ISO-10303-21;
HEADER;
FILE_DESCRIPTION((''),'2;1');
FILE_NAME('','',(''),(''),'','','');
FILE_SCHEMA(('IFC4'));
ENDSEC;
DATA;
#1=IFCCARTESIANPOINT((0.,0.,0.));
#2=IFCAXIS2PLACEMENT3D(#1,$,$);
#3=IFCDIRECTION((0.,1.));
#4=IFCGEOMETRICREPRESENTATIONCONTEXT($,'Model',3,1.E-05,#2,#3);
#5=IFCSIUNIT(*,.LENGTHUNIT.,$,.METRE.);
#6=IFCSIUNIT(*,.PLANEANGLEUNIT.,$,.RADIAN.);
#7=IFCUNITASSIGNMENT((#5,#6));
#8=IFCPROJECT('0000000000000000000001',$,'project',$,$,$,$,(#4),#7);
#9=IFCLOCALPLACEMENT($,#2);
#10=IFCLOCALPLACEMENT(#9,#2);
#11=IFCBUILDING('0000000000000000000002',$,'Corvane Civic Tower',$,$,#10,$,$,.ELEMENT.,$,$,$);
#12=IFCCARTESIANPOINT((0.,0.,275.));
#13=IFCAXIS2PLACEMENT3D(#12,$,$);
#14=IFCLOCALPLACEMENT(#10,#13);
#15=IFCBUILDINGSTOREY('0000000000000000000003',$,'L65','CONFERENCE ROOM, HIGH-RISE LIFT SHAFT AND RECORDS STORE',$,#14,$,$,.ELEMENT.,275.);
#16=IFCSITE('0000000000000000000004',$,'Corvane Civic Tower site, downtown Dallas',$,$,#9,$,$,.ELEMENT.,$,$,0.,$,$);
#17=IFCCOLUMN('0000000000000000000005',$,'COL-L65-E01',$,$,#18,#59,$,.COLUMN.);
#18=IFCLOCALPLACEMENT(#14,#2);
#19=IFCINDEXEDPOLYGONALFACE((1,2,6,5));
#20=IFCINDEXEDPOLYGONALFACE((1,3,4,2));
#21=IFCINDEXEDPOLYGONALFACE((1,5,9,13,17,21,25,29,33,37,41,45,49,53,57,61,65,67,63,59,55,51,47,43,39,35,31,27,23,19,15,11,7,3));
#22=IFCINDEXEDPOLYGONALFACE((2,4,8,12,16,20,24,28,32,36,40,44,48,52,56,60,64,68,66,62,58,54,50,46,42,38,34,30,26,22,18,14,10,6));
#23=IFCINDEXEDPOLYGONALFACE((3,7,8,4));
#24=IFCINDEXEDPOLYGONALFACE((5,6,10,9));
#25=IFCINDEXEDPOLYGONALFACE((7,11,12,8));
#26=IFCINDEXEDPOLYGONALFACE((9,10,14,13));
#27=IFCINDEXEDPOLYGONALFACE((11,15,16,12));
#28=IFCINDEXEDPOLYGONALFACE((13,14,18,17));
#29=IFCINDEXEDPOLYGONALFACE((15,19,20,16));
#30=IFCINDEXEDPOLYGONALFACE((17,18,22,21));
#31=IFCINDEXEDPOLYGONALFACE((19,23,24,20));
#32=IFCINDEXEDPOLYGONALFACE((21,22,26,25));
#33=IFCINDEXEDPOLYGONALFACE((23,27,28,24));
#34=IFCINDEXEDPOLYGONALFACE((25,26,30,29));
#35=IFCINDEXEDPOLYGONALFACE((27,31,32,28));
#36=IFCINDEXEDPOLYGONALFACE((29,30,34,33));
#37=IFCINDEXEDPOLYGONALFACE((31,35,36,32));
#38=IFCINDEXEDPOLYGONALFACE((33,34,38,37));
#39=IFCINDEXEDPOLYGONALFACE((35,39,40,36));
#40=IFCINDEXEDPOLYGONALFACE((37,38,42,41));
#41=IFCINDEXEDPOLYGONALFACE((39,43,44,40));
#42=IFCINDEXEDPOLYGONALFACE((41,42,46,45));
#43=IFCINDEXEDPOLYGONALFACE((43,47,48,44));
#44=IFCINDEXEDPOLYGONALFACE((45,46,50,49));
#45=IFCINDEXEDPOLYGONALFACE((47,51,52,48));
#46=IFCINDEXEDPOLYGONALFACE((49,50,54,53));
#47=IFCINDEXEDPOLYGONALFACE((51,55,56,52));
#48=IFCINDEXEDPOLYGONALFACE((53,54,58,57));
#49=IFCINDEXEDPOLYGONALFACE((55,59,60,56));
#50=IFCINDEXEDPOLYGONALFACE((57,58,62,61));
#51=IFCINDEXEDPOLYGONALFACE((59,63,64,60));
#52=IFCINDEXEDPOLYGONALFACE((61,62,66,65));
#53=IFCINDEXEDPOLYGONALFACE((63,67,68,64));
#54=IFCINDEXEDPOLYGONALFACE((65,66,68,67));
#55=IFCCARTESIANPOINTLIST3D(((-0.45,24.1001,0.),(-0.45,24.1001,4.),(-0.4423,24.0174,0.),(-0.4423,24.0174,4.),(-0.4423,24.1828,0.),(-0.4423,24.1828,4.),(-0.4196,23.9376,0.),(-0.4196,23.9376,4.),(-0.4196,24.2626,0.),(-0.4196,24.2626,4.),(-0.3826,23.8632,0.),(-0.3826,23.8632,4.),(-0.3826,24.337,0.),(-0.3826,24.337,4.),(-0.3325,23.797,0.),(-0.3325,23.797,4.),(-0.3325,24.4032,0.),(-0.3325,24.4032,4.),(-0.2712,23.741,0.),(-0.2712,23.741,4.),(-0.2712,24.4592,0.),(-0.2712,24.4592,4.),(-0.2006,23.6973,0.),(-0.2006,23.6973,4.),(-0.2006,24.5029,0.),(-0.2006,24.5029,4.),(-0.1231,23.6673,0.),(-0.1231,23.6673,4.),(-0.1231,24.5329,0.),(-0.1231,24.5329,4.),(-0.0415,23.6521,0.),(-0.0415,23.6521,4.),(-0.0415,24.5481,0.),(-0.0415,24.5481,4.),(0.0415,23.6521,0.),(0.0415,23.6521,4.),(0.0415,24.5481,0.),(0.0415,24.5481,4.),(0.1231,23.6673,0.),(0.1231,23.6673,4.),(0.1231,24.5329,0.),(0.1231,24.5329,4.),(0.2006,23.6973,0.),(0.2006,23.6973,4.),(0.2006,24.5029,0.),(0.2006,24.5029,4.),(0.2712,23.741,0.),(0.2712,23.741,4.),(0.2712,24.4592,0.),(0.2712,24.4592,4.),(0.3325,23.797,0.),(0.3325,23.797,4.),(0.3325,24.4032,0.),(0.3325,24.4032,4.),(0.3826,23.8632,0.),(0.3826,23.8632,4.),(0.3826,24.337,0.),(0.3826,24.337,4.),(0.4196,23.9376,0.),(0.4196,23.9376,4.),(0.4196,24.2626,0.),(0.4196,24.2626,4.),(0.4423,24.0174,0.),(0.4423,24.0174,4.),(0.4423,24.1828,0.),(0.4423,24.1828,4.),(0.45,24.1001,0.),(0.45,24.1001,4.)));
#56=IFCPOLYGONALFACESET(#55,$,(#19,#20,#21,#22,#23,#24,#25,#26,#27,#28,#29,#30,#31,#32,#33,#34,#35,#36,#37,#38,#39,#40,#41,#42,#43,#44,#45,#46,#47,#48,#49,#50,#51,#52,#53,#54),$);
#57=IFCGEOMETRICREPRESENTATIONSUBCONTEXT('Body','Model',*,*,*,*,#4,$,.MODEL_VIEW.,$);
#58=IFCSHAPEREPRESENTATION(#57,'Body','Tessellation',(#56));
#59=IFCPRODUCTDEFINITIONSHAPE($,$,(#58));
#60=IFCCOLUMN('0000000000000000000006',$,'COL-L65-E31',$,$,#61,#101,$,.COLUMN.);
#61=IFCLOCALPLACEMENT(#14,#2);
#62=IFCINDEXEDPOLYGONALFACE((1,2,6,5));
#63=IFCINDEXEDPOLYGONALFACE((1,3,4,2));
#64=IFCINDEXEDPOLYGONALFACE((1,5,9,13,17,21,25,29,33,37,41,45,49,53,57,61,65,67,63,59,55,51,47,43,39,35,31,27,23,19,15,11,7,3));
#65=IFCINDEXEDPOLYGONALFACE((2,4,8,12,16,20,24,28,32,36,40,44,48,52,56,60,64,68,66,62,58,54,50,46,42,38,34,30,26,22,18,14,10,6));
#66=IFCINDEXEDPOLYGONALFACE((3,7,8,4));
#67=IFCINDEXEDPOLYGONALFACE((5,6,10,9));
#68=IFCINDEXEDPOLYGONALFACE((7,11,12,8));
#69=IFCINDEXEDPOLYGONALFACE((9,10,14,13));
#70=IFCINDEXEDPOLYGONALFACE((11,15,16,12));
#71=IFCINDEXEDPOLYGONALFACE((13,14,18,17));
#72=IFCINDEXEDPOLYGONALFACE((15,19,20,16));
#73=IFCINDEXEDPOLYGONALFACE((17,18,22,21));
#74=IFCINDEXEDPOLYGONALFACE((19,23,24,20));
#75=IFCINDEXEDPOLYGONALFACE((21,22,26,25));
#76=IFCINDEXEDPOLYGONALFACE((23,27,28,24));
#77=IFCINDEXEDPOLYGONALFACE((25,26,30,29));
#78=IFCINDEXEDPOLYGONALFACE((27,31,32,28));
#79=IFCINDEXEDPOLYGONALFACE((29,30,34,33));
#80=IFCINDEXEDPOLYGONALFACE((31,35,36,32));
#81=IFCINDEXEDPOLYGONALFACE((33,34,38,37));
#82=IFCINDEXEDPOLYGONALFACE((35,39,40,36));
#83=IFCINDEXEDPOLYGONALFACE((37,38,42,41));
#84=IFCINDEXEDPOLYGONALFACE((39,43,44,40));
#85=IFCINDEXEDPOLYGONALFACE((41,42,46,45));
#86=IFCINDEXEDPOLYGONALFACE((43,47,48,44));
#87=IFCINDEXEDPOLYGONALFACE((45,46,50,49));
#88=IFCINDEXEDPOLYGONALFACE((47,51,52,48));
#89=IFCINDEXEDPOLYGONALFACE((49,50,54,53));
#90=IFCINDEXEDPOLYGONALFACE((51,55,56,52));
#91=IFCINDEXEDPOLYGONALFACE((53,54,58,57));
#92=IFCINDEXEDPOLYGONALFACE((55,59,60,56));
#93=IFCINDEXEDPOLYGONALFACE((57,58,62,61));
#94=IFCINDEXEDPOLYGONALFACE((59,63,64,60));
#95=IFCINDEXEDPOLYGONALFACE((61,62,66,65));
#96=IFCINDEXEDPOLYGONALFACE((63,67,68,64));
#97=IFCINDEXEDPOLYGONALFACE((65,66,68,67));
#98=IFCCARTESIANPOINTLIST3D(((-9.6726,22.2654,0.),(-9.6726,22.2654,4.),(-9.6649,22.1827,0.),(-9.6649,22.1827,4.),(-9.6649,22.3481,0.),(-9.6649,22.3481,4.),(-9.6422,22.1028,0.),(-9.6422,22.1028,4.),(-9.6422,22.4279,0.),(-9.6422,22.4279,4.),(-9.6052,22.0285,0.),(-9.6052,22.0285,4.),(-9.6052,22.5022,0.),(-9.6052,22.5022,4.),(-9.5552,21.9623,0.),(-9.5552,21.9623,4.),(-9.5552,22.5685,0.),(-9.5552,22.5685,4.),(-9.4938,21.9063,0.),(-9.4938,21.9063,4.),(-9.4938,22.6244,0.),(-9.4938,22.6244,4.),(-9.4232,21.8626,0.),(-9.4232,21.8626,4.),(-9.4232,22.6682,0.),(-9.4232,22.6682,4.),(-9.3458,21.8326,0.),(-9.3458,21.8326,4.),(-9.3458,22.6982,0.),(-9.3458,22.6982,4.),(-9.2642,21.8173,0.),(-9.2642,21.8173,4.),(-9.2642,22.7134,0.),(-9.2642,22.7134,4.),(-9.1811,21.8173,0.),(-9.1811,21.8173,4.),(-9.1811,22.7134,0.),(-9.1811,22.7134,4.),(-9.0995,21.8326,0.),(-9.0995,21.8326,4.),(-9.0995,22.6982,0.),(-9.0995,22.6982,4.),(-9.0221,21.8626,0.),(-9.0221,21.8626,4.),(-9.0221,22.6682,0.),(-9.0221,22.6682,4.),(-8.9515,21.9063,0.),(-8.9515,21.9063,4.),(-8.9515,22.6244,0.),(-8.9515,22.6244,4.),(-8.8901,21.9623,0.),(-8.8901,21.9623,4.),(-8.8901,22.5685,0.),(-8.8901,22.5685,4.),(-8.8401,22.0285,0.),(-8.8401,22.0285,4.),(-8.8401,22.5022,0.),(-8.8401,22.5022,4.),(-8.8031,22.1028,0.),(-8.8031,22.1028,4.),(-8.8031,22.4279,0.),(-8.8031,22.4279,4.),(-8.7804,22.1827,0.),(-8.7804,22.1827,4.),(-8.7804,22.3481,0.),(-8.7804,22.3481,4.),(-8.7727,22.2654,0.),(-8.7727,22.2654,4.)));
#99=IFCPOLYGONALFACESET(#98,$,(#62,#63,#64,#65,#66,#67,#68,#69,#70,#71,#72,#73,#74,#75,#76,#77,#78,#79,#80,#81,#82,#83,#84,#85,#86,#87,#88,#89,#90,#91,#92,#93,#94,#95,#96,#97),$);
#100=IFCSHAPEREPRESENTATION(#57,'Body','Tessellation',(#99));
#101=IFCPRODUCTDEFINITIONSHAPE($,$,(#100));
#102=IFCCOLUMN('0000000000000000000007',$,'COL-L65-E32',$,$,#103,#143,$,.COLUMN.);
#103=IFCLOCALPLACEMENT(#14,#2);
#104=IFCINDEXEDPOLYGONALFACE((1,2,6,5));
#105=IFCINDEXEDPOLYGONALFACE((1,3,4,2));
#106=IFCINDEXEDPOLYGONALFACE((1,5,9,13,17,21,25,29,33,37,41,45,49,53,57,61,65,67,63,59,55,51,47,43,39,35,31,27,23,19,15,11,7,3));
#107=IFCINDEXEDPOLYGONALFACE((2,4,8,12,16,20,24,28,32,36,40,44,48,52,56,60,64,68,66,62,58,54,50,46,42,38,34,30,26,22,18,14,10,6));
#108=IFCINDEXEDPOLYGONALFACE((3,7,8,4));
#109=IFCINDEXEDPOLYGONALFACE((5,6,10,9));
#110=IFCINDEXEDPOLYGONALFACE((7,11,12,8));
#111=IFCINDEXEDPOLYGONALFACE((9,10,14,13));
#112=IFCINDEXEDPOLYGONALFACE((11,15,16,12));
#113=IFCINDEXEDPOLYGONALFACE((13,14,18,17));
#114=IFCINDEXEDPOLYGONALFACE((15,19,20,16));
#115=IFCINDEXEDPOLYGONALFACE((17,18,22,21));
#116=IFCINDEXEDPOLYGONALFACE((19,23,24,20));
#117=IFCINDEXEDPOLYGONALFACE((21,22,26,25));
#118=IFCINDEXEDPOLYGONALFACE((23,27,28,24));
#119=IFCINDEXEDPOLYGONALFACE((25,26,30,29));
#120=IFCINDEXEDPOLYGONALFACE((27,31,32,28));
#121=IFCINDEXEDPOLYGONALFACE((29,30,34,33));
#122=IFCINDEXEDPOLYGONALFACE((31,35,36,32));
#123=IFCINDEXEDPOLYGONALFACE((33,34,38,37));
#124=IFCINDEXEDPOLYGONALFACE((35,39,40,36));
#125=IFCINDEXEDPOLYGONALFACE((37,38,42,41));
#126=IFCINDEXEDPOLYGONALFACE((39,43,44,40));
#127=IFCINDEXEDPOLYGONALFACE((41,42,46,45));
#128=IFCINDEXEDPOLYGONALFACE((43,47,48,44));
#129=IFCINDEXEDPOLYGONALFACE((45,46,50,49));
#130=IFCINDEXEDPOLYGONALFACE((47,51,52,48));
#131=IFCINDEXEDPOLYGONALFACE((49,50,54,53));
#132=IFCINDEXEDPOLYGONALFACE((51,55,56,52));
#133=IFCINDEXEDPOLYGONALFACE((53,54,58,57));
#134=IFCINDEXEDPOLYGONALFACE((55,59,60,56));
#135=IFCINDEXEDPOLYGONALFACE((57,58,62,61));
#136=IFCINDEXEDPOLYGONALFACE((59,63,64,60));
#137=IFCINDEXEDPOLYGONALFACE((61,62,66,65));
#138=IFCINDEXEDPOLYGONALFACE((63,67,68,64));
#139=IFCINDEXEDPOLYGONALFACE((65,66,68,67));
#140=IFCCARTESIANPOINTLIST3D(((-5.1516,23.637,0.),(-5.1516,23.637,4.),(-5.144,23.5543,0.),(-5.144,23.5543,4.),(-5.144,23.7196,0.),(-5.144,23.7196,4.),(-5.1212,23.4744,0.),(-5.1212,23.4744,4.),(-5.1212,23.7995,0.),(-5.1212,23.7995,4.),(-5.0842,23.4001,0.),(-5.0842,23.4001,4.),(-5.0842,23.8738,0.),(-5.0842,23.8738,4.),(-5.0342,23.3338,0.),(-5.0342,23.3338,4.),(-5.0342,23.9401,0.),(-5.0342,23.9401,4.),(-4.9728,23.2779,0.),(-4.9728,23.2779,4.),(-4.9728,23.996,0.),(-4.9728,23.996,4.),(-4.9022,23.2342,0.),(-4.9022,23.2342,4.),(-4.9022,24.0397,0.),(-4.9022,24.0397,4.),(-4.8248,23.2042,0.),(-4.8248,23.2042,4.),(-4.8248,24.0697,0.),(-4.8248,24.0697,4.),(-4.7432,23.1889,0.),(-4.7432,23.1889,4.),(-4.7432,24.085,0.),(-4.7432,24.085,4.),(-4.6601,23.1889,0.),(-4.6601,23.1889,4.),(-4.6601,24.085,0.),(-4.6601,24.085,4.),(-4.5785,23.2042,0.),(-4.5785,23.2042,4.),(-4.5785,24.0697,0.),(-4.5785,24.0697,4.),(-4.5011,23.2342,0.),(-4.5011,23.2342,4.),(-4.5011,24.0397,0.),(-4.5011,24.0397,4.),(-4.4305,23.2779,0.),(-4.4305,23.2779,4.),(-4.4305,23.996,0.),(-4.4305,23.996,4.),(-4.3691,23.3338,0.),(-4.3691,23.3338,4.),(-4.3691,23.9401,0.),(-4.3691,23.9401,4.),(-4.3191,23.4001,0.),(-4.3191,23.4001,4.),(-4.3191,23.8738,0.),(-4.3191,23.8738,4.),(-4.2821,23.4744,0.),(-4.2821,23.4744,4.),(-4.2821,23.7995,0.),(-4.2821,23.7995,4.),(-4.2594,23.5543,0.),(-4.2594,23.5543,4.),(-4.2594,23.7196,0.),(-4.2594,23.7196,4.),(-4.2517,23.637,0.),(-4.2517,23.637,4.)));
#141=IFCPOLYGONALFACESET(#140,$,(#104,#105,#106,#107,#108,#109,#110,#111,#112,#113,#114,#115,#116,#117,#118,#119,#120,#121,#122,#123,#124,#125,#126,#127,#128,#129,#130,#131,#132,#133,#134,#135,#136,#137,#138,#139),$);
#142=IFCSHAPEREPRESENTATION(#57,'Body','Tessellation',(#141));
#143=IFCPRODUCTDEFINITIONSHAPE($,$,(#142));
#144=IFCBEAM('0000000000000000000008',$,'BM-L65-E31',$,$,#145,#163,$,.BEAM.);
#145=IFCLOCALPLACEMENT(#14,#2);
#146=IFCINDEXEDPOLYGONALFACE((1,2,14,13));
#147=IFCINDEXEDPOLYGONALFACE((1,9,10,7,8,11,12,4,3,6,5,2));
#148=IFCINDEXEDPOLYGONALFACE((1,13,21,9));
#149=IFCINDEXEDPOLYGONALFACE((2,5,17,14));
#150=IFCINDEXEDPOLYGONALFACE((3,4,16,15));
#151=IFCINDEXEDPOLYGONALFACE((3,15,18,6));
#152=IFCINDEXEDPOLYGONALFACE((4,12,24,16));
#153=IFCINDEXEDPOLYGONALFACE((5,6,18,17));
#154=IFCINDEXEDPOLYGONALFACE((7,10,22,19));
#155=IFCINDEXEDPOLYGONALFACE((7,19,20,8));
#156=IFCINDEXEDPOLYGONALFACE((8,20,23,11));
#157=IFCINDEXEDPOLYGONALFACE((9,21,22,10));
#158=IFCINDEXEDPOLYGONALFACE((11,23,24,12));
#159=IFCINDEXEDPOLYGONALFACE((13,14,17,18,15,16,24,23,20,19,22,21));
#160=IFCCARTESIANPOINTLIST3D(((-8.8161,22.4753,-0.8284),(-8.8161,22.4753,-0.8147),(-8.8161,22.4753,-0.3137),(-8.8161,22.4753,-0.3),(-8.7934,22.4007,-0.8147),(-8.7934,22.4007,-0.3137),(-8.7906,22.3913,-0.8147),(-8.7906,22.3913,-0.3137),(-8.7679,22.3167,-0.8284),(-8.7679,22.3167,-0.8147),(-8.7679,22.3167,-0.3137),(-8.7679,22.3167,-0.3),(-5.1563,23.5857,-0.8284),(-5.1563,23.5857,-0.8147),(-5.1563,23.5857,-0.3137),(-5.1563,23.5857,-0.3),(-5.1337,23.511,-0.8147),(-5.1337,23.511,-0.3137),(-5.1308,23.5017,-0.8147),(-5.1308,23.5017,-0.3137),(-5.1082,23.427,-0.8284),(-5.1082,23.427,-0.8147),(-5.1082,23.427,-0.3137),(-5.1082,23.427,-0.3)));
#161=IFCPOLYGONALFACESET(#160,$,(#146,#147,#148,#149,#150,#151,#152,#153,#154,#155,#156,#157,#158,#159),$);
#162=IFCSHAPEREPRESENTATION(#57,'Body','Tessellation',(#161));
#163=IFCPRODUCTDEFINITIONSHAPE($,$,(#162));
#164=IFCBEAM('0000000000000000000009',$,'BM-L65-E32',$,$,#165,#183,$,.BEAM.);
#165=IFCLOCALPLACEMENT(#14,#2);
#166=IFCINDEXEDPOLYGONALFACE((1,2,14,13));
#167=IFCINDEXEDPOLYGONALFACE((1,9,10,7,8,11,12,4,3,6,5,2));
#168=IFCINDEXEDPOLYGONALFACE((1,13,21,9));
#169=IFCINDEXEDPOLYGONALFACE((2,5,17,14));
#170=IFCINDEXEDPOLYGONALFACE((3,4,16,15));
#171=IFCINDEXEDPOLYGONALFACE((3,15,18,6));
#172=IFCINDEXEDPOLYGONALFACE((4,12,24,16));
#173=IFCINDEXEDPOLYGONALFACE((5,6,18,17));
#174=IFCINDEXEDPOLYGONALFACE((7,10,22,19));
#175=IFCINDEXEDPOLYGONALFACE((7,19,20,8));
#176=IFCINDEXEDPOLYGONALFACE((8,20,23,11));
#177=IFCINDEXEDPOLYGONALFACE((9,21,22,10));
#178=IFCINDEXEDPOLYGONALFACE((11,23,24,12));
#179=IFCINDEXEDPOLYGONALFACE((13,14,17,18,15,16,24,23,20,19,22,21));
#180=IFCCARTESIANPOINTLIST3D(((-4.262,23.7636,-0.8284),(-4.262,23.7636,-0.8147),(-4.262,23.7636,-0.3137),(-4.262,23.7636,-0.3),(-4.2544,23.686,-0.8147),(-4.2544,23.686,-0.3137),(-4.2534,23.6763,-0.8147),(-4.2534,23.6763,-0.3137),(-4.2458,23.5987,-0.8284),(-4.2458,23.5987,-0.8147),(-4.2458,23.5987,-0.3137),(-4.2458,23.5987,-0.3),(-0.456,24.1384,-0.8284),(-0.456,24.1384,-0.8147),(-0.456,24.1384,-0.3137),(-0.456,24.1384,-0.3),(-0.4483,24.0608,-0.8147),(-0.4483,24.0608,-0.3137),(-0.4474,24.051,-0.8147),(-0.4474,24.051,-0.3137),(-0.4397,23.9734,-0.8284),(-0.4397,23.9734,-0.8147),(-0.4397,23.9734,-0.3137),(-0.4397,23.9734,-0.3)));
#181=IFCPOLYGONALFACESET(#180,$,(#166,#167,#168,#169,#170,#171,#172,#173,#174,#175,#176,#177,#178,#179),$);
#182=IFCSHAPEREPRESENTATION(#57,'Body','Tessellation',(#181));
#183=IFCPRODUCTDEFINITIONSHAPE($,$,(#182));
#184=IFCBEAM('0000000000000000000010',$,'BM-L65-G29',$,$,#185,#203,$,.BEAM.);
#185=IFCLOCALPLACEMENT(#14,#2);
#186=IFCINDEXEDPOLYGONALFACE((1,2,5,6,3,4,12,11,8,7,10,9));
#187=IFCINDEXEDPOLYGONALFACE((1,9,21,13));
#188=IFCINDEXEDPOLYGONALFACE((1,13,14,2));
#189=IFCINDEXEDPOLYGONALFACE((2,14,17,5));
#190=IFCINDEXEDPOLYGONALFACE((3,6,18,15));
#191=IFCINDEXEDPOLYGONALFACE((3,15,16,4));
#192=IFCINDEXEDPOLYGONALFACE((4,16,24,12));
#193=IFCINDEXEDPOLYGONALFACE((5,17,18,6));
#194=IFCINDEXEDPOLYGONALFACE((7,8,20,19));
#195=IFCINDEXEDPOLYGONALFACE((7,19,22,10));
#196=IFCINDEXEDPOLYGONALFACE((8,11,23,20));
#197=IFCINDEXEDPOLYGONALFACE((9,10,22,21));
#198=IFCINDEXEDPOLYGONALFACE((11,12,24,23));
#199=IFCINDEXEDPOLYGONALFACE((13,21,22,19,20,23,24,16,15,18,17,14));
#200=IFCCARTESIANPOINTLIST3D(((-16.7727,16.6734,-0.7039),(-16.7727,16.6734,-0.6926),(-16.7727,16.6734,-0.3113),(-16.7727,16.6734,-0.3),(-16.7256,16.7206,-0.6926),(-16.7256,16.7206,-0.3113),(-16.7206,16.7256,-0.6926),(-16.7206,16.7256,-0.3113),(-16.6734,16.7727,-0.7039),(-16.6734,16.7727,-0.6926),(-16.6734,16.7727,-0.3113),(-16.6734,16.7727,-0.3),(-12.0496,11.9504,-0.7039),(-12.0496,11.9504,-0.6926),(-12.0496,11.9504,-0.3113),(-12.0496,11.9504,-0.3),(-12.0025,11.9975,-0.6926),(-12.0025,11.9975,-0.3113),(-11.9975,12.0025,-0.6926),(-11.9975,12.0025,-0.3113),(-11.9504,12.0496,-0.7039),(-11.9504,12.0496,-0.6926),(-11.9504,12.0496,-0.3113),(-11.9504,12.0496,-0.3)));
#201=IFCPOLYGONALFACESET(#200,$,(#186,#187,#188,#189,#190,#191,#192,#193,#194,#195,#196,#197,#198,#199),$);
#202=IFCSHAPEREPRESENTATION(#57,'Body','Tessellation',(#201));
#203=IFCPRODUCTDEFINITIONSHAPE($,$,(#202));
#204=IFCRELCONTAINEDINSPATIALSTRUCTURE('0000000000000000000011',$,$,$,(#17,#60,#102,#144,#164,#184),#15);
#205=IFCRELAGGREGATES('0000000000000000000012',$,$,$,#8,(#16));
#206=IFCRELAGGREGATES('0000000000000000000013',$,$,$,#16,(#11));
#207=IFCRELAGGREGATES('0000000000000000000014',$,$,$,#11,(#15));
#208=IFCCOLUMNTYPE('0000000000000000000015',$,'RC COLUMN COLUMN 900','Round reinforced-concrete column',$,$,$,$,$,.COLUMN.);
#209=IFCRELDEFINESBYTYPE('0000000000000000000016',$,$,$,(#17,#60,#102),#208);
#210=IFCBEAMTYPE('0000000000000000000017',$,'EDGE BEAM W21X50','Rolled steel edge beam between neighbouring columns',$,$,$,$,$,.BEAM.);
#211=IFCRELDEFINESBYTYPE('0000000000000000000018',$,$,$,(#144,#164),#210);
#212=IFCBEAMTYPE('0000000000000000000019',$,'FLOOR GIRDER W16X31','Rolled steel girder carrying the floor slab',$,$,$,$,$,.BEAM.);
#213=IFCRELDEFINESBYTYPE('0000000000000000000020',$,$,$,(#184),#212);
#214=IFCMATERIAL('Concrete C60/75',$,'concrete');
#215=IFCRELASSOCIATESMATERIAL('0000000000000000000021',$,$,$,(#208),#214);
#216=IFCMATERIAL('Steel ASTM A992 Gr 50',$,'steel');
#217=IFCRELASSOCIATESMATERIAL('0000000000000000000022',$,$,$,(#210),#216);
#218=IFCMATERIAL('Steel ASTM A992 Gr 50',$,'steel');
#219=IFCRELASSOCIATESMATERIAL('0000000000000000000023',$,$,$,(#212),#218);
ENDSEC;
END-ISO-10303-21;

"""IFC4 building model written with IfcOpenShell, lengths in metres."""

from ifc_helpers import new_model, si_unit, direction, frame, origin, origin_2d, place, context, subcontext, project, spatial, circle, i_section, extrude, material, material_profile, profile_set, type_object, element, save


model = new_model("IFC4")

# Units and contexts
model_context = context("Model", 3, precision=1e-05, world=origin(), true_north=direction((0.0, 1.0)))
body_context = subcontext(model_context, "Body", "Model", "MODEL_VIEW")
ifc_project = project(units=[si_unit("LENGTHUNIT", "METRE"), si_unit("PLANEANGLEUNIT", "RADIAN")], contexts=[model_context])

# Site, building, storey
site_placement = place(None, origin())
site = spatial("IfcSite", under=ifc_project, at=site_placement, Name="Corvane Civic Tower site, downtown Dallas", CompositionType="ELEMENT", RefElevation=0.0)
building_placement = place(site_placement, origin())
building = spatial("IfcBuilding", under=site, at=building_placement, Name="Corvane Civic Tower", CompositionType="ELEMENT")
storey_placement = place(building_placement, frame((0.0, 0.0, 275.0)))
storey = spatial("IfcBuildingStorey", under=building, at=storey_placement, Name="L65", Description="CONFERENCE ROOM, HIGH-RISE LIFT SHAFT AND RECORDS STORE", CompositionType="ELEMENT", Elevation=275.0)

# Columns
ifc_material_1 = material(Name="Concrete C60/75", Category="concrete")
ifc_material_profile_1 = material_profile(ifc_material_1, circle(Radius=0.45, at=origin_2d()), Name="COLUMN 900")
ifc_profile_set_1 = profile_set([ifc_material_profile_1], Name="Concrete C60/75")
column_type = type_object("IfcColumnType", Name="RC COLUMN COLUMN 900", Description="Round reinforced-concrete column", PredefinedType="COLUMN", material=ifc_profile_set_1)
for number, where, z_axis, x_axis, name in (
    (1, (0.0, 24.1001, 0.0), (0.0, 0.0, 1.0), (1.0, 0.0, 0.0), "COL-L65-E01"),
    (2, (-9.2227, 22.2654, 0.0), (0.0, 0.0, 1.0), (1.0, 0.0, 0.0), "COL-L65-E31"),
    (3, (-4.7017, 23.637, 0.0), (0.0, 0.0, 1.0), (1.0, 0.0, 0.0), "COL-L65-E32"),
):
    element("IfcColumn", number, at=place(storey_placement, frame(where, z_axis=z_axis, x_axis=x_axis)), inside=storey, type_object=column_type, Name=name, PredefinedType="COLUMN", context=body_context, shape_type="SweptSolid", body=[
        extrude(circle(Radius=0.45, at=origin_2d()), origin(), (0.0, 0.0, 1.0), 4.0),
    ])

# Beams
ifc_material_2 = material(Name="Steel ASTM A992 Gr 50", Category="steel")
ifc_material_profile_2 = material_profile(ifc_material_2, i_section(OverallWidth=0.1658, OverallDepth=0.5283, WebThickness=0.0098, FlangeThickness=0.0137, at=origin_2d()), Name="W21X50")
ifc_profile_set_2 = profile_set([ifc_material_profile_2], Name="Steel ASTM A992 Gr 50")
beam_type_1 = type_object("IfcBeamType", Name="EDGE BEAM W21X50", Description="Rolled steel edge beam between neighbouring columns", PredefinedType="BEAM", material=ifc_profile_set_2)
for number, where, z_axis, x_axis, name in (
    (4, (-8.792, 22.396, -0.5642), (0.956926, 0.290333, 0.0), (-0.290333, 0.956926, 0.0), "BM-L65-E31"),
    (5, (-4.2539, 23.6812, -0.5642), (0.995188, 0.097987, 0.0), (-0.097987, 0.995188, 0.0), "BM-L65-E32"),
):
    element("IfcBeam", number, at=place(storey_placement, frame(where, z_axis=z_axis, x_axis=x_axis)), inside=storey, type_object=beam_type_1, Name=name, PredefinedType="BEAM", context=body_context, shape_type="SweptSolid", body=[
        extrude(i_section(OverallWidth=0.1658, OverallDepth=0.5283, WebThickness=0.0098, FlangeThickness=0.0137, at=origin_2d()), origin(), (0.0, 0.0, 1.0), 3.8245),
    ])
ifc_material_3 = material(Name="Steel ASTM A992 Gr 50", Category="steel")
ifc_material_profile_3 = material_profile(ifc_material_3, i_section(OverallWidth=0.1404, OverallDepth=0.4038, WebThickness=0.0071, FlangeThickness=0.0112, at=origin_2d()), Name="W16X31")
ifc_profile_set_3 = profile_set([ifc_material_profile_3], Name="Steel ASTM A992 Gr 50")
beam_type_2 = type_object("IfcBeamType", Name="FLOOR GIRDER W16X31", Description="Rolled steel girder carrying the floor slab", PredefinedType="BEAM", material=ifc_profile_set_3)
beam_1_placement = place(storey_placement, frame((-12.0, 12.0, -0.502), z_axis=(-0.707107, 0.707107, 0.0), x_axis=(-0.707107, -0.707107, 0.0)))
element("IfcBeam", 6, at=beam_1_placement, inside=storey, type_object=beam_type_2, Name="BM-L65-G29", PredefinedType="BEAM", context=body_context, shape_type="SweptSolid", body=[
    extrude(i_section(OverallWidth=0.1404, OverallDepth=0.4038, WebThickness=0.0071, FlangeThickness=0.0112, at=origin_2d()), origin(), (0.0, 0.0, 1.0), 6.6794),
])

save(model, "model.ifc")
